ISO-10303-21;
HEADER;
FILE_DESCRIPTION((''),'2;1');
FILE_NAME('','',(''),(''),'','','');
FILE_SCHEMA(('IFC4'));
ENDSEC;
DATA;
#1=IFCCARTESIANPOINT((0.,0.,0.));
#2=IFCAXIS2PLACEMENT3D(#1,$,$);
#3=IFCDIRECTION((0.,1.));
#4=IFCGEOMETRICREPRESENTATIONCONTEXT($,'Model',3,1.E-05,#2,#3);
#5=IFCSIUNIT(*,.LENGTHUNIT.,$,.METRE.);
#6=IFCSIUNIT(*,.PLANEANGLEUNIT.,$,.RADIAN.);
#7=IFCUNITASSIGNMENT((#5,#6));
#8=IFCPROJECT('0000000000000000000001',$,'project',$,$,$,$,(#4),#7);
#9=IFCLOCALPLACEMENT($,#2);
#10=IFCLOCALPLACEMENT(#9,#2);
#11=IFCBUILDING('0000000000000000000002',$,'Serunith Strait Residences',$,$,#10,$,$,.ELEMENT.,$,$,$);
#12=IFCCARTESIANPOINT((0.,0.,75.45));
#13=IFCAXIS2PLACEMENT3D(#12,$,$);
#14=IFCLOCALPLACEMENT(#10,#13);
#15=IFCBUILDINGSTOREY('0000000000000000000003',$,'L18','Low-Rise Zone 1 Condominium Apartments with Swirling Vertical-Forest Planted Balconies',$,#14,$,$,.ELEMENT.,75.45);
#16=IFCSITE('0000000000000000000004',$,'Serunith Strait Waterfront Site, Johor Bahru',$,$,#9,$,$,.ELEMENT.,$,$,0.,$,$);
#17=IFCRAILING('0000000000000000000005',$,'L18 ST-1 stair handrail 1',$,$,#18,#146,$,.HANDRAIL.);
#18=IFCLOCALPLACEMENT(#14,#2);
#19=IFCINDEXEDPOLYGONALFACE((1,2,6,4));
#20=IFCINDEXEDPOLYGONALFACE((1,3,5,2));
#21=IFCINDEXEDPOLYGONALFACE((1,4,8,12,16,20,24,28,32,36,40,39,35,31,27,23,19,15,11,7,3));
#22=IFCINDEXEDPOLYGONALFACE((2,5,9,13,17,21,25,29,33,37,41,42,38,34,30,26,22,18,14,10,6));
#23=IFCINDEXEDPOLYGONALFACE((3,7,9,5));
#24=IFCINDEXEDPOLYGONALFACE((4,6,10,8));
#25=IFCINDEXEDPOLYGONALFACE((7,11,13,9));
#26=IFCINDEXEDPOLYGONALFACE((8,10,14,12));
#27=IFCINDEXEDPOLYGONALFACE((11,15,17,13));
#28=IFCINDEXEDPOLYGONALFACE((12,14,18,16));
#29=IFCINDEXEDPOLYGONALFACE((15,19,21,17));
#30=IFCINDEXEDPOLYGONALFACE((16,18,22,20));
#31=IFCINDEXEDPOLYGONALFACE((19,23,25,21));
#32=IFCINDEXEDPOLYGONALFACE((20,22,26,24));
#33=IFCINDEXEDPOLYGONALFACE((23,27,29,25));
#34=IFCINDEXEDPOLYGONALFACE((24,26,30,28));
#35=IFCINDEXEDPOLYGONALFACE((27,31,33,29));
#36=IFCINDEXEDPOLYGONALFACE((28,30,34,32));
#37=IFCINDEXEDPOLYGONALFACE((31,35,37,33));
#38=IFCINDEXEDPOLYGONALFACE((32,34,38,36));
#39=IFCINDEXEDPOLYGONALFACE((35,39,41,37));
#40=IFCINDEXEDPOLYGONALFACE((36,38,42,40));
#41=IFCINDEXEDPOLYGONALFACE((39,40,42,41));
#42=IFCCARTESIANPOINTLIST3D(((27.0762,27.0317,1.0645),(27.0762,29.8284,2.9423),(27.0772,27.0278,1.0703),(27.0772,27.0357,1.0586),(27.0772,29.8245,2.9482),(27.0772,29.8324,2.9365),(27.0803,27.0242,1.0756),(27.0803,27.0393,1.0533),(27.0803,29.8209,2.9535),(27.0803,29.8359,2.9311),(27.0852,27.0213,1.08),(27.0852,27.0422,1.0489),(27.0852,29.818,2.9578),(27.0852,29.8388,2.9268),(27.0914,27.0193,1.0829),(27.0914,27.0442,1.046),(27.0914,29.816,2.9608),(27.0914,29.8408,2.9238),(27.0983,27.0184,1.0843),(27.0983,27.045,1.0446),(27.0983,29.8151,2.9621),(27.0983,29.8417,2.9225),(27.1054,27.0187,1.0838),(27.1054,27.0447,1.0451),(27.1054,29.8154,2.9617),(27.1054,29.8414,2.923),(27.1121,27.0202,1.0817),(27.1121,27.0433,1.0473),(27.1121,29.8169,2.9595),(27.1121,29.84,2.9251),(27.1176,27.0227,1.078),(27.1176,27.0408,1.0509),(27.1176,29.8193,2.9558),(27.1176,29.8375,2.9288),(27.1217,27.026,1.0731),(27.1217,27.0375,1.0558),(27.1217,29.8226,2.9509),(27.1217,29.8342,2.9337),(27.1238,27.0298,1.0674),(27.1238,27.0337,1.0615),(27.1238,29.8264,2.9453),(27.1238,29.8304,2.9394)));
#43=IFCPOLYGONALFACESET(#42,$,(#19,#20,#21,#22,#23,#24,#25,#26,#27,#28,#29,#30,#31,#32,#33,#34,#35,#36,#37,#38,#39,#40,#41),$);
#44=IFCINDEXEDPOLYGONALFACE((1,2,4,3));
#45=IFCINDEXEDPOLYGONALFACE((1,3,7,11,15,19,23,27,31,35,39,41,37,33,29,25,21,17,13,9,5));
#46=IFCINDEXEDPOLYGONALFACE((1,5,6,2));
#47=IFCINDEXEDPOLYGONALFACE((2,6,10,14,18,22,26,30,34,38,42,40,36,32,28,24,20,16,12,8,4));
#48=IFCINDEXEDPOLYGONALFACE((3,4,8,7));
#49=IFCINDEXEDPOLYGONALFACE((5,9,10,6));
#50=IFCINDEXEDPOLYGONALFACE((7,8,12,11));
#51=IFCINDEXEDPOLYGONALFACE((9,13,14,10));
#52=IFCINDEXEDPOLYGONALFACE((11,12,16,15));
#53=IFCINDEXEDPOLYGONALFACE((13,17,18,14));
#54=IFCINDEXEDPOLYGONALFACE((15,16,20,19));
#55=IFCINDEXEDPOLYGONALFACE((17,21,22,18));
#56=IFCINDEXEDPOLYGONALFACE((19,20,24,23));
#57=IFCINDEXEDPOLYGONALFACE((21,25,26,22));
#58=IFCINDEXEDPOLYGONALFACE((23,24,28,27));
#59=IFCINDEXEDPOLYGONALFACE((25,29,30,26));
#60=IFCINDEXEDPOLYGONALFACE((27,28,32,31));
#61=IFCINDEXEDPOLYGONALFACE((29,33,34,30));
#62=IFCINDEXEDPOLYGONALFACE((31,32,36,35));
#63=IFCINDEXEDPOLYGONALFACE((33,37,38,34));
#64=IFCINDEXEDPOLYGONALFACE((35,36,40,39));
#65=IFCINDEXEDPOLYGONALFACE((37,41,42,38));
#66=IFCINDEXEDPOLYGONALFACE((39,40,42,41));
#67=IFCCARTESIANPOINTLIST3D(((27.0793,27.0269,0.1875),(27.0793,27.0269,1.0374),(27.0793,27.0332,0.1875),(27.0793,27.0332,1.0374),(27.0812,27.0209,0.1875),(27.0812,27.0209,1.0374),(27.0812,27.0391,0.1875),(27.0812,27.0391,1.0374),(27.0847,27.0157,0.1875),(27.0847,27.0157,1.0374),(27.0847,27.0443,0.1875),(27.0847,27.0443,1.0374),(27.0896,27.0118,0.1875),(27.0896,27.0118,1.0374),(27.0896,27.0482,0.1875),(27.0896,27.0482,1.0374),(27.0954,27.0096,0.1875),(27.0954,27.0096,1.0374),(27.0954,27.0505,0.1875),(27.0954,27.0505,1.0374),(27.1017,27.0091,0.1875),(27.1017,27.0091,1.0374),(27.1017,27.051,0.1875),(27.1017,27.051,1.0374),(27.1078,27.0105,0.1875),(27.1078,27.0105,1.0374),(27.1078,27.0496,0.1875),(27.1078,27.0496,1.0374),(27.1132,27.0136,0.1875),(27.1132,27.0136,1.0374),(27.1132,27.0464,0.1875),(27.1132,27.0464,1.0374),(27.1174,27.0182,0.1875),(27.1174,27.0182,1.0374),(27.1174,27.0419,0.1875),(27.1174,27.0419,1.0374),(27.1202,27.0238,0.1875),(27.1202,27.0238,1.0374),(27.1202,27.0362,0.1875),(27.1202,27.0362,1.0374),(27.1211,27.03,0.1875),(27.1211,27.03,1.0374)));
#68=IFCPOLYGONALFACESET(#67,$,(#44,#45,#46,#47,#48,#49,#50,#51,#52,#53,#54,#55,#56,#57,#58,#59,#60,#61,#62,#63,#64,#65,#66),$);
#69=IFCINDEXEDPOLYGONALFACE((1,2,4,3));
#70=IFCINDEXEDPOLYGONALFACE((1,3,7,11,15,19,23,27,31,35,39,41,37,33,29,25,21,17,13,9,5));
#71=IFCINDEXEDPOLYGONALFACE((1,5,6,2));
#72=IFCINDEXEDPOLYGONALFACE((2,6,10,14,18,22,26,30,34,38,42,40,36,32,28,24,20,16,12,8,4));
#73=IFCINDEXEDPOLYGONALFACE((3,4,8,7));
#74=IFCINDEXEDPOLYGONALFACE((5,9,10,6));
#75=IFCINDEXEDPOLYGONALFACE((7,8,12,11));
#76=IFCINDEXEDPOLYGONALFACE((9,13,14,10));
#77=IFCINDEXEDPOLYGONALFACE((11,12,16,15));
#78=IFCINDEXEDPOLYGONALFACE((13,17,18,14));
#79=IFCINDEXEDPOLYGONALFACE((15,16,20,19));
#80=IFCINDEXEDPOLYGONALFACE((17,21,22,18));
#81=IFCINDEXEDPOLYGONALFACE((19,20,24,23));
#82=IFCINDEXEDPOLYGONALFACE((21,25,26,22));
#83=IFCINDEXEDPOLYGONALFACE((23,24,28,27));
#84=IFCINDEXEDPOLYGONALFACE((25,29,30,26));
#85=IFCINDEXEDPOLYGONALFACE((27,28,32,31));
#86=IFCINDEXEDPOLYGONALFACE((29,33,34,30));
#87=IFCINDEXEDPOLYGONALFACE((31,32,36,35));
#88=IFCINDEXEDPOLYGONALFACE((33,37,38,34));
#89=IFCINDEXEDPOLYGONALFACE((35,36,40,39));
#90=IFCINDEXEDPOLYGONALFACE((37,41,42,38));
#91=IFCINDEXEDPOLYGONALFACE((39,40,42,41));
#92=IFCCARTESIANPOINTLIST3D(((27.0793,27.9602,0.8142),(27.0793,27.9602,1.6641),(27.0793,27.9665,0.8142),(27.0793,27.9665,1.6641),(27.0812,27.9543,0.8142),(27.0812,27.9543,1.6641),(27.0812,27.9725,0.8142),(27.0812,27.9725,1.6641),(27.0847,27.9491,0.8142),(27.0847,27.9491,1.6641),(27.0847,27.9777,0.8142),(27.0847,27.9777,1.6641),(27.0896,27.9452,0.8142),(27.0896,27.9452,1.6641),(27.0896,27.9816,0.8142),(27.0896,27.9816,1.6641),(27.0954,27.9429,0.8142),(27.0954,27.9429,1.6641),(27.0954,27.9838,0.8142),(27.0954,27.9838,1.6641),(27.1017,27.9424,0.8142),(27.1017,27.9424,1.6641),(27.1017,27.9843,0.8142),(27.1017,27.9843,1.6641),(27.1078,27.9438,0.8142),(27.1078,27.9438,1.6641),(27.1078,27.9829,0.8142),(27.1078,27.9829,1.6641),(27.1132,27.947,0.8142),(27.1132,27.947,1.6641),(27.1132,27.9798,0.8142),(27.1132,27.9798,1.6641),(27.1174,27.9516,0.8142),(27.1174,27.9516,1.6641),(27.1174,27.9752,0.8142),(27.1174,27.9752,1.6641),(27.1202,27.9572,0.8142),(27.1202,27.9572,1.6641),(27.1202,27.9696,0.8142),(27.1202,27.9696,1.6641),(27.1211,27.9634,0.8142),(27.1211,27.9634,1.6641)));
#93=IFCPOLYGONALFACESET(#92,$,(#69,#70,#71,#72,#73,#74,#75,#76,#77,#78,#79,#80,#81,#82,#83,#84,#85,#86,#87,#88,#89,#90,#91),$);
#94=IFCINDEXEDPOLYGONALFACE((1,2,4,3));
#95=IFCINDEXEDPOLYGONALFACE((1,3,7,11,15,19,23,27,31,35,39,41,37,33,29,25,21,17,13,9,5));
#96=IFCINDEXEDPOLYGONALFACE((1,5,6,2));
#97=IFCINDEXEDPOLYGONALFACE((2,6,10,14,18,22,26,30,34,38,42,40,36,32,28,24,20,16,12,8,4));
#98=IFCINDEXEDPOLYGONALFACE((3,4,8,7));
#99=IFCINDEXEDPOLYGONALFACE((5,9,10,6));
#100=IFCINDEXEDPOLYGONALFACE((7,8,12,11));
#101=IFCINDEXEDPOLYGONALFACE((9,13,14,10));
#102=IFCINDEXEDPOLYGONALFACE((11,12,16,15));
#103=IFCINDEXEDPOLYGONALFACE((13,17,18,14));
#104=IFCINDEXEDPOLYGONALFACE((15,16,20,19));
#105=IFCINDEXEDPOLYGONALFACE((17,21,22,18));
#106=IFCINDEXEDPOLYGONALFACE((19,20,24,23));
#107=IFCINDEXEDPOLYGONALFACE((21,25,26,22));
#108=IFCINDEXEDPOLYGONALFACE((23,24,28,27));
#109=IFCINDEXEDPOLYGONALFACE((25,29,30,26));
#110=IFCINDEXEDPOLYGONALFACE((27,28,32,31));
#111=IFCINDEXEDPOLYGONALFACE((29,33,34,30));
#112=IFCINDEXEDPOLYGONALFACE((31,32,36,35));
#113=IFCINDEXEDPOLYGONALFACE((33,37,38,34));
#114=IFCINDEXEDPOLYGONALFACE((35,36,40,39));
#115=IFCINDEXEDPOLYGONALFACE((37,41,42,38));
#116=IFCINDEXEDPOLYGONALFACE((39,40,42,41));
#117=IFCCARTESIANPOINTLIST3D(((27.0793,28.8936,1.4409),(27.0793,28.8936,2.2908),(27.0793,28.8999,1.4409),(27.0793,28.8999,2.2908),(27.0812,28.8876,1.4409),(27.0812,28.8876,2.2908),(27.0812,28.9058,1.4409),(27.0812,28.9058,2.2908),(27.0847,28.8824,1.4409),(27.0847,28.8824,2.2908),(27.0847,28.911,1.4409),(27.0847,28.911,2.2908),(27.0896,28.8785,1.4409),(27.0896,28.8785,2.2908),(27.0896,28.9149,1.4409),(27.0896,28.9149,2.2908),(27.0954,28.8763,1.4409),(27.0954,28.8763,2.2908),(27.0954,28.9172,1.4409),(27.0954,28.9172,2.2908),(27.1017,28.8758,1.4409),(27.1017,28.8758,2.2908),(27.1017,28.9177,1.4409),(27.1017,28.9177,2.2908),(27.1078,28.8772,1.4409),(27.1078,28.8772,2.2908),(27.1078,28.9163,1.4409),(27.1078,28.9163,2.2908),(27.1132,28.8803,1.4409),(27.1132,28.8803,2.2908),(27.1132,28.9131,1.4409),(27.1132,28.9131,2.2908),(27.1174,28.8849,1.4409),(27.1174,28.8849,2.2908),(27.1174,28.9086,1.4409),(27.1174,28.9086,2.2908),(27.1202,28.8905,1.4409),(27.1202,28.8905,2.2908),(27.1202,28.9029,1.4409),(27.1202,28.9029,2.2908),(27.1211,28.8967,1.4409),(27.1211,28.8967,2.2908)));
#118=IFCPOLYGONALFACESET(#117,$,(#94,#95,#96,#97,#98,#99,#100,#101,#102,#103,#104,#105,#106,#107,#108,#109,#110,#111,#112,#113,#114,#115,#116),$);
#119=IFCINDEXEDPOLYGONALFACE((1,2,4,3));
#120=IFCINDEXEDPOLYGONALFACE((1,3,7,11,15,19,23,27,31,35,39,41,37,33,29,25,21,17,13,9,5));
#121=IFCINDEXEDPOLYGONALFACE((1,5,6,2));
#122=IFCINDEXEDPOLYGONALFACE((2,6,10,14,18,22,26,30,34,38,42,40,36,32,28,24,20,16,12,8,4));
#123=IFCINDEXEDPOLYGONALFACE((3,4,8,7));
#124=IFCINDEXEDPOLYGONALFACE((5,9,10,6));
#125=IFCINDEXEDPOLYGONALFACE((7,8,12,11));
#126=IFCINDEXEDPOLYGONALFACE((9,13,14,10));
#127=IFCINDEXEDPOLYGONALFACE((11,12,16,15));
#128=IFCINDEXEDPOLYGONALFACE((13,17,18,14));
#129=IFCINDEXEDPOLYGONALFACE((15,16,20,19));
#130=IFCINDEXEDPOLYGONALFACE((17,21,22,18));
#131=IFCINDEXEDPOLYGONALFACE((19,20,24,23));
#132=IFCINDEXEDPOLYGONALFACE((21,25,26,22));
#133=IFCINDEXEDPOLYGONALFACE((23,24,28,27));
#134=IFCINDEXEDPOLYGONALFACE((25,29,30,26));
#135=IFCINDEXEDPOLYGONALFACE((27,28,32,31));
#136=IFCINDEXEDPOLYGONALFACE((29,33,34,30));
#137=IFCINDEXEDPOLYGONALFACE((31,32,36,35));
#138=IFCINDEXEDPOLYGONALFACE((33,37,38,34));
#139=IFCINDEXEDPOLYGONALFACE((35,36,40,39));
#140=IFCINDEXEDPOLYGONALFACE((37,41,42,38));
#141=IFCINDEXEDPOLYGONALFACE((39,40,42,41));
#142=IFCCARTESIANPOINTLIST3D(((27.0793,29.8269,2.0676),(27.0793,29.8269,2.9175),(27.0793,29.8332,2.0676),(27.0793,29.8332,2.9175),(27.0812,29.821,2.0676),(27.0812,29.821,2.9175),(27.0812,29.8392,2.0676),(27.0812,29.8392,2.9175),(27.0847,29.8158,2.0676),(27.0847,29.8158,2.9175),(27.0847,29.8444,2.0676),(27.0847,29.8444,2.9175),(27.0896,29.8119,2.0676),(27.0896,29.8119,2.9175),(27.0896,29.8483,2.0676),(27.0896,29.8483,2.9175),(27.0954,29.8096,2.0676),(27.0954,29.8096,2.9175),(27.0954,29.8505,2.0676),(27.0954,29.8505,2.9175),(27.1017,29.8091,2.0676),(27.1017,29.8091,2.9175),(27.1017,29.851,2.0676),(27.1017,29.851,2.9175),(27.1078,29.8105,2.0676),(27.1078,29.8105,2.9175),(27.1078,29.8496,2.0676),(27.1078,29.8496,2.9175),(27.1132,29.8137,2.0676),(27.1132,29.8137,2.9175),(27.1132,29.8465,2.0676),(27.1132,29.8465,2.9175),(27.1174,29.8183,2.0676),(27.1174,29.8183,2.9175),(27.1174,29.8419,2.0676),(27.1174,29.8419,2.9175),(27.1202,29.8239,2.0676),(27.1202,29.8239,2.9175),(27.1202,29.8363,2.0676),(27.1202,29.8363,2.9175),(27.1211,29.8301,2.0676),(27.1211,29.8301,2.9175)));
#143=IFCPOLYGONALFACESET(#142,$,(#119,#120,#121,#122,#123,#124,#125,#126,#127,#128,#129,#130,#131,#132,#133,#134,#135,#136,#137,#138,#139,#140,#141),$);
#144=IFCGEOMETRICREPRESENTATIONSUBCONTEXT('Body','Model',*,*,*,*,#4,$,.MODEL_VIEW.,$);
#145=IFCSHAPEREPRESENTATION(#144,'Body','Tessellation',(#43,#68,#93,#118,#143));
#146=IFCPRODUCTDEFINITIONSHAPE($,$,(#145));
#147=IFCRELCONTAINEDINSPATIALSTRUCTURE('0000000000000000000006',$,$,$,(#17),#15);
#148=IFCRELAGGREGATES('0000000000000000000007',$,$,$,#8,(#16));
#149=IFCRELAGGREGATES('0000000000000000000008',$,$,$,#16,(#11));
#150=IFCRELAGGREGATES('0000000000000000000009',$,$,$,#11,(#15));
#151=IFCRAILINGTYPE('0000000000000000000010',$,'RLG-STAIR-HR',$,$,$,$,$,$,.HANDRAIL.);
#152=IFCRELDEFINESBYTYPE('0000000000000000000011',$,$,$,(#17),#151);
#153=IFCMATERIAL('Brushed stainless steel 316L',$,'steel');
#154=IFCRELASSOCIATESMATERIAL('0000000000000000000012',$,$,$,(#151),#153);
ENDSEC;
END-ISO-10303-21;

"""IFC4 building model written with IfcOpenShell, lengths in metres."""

from ifc_helpers import new_model, si_unit, direction, frame, origin, origin_2d, place, context, subcontext, project, spatial, circle, extrude, material, type_object, element, save


model = new_model("IFC4")

# Units and contexts
model_context = context("Model", 3, precision=1e-05, world=origin(), true_north=direction((0.0, 1.0)))
body_context = subcontext(model_context, "Body", "Model", "MODEL_VIEW")
ifc_project = project(units=[si_unit("LENGTHUNIT", "METRE"), si_unit("PLANEANGLEUNIT", "RADIAN")], contexts=[model_context])

# Site, building, storey
site_placement = place(None, origin())
site = spatial("IfcSite", under=ifc_project, at=site_placement, Name="Serunith Strait Waterfront Site, Johor Bahru", CompositionType="ELEMENT", RefElevation=0.0)
building_placement = place(site_placement, origin())
building = spatial("IfcBuilding", under=site, at=building_placement, Name="Serunith Strait Residences", CompositionType="ELEMENT")
storey_placement = place(building_placement, frame((0.0, 0.0, 75.45)))
storey = spatial("IfcBuildingStorey", under=building, at=storey_placement, Name="L18", Description="Low-Rise Zone 1 Condominium Apartments with Swirling Vertical-Forest Planted Balconies", CompositionType="ELEMENT", Elevation=75.45)

# Railing
ifc_material_1 = material(Name="Brushed stainless steel 316L", Category="steel")
railing_type_1 = type_object("IfcRailingType", Name="RLG-STAIR-HR", PredefinedType="HANDRAIL", material=ifc_material_1)
railing_1_placement = place(storey_placement, frame((27.1001, 27.03, 0.1875)))
element("IfcRailing", 1, at=railing_1_placement, inside=storey, type_object=railing_type_1, Name="L18 ST-1 stair handrail 1", PredefinedType="HANDRAIL", context=body_context, shape_type="SweptSolid", body=[
    extrude(circle(Radius=0.0239, at=origin_2d()), frame((0.0, 0.0017, 0.877), z_axis=(0.0, 0.830208, 0.557453), x_axis=(-1.0, 0.0, 0.0)), (0.0, 0.0, 1.0), 3.3687),
    extrude(circle(Radius=0.021, at=origin_2d()), origin(), (0.0, 0.0, 1.0), 0.8499),
    extrude(circle(Radius=0.021, at=origin_2d()), frame((0.0, 0.9333, 0.6267)), (0.0, 0.0, 1.0), 0.8499),
    extrude(circle(Radius=0.021, at=origin_2d()), frame((0.0, 1.8667, 1.2534)), (0.0, 0.0, 1.0), 0.8499),
    extrude(circle(Radius=0.021, at=origin_2d()), frame((0.0, 2.8, 1.8801)), (0.0, 0.0, 1.0), 0.8499),
])

save(model, "model.ifc")
